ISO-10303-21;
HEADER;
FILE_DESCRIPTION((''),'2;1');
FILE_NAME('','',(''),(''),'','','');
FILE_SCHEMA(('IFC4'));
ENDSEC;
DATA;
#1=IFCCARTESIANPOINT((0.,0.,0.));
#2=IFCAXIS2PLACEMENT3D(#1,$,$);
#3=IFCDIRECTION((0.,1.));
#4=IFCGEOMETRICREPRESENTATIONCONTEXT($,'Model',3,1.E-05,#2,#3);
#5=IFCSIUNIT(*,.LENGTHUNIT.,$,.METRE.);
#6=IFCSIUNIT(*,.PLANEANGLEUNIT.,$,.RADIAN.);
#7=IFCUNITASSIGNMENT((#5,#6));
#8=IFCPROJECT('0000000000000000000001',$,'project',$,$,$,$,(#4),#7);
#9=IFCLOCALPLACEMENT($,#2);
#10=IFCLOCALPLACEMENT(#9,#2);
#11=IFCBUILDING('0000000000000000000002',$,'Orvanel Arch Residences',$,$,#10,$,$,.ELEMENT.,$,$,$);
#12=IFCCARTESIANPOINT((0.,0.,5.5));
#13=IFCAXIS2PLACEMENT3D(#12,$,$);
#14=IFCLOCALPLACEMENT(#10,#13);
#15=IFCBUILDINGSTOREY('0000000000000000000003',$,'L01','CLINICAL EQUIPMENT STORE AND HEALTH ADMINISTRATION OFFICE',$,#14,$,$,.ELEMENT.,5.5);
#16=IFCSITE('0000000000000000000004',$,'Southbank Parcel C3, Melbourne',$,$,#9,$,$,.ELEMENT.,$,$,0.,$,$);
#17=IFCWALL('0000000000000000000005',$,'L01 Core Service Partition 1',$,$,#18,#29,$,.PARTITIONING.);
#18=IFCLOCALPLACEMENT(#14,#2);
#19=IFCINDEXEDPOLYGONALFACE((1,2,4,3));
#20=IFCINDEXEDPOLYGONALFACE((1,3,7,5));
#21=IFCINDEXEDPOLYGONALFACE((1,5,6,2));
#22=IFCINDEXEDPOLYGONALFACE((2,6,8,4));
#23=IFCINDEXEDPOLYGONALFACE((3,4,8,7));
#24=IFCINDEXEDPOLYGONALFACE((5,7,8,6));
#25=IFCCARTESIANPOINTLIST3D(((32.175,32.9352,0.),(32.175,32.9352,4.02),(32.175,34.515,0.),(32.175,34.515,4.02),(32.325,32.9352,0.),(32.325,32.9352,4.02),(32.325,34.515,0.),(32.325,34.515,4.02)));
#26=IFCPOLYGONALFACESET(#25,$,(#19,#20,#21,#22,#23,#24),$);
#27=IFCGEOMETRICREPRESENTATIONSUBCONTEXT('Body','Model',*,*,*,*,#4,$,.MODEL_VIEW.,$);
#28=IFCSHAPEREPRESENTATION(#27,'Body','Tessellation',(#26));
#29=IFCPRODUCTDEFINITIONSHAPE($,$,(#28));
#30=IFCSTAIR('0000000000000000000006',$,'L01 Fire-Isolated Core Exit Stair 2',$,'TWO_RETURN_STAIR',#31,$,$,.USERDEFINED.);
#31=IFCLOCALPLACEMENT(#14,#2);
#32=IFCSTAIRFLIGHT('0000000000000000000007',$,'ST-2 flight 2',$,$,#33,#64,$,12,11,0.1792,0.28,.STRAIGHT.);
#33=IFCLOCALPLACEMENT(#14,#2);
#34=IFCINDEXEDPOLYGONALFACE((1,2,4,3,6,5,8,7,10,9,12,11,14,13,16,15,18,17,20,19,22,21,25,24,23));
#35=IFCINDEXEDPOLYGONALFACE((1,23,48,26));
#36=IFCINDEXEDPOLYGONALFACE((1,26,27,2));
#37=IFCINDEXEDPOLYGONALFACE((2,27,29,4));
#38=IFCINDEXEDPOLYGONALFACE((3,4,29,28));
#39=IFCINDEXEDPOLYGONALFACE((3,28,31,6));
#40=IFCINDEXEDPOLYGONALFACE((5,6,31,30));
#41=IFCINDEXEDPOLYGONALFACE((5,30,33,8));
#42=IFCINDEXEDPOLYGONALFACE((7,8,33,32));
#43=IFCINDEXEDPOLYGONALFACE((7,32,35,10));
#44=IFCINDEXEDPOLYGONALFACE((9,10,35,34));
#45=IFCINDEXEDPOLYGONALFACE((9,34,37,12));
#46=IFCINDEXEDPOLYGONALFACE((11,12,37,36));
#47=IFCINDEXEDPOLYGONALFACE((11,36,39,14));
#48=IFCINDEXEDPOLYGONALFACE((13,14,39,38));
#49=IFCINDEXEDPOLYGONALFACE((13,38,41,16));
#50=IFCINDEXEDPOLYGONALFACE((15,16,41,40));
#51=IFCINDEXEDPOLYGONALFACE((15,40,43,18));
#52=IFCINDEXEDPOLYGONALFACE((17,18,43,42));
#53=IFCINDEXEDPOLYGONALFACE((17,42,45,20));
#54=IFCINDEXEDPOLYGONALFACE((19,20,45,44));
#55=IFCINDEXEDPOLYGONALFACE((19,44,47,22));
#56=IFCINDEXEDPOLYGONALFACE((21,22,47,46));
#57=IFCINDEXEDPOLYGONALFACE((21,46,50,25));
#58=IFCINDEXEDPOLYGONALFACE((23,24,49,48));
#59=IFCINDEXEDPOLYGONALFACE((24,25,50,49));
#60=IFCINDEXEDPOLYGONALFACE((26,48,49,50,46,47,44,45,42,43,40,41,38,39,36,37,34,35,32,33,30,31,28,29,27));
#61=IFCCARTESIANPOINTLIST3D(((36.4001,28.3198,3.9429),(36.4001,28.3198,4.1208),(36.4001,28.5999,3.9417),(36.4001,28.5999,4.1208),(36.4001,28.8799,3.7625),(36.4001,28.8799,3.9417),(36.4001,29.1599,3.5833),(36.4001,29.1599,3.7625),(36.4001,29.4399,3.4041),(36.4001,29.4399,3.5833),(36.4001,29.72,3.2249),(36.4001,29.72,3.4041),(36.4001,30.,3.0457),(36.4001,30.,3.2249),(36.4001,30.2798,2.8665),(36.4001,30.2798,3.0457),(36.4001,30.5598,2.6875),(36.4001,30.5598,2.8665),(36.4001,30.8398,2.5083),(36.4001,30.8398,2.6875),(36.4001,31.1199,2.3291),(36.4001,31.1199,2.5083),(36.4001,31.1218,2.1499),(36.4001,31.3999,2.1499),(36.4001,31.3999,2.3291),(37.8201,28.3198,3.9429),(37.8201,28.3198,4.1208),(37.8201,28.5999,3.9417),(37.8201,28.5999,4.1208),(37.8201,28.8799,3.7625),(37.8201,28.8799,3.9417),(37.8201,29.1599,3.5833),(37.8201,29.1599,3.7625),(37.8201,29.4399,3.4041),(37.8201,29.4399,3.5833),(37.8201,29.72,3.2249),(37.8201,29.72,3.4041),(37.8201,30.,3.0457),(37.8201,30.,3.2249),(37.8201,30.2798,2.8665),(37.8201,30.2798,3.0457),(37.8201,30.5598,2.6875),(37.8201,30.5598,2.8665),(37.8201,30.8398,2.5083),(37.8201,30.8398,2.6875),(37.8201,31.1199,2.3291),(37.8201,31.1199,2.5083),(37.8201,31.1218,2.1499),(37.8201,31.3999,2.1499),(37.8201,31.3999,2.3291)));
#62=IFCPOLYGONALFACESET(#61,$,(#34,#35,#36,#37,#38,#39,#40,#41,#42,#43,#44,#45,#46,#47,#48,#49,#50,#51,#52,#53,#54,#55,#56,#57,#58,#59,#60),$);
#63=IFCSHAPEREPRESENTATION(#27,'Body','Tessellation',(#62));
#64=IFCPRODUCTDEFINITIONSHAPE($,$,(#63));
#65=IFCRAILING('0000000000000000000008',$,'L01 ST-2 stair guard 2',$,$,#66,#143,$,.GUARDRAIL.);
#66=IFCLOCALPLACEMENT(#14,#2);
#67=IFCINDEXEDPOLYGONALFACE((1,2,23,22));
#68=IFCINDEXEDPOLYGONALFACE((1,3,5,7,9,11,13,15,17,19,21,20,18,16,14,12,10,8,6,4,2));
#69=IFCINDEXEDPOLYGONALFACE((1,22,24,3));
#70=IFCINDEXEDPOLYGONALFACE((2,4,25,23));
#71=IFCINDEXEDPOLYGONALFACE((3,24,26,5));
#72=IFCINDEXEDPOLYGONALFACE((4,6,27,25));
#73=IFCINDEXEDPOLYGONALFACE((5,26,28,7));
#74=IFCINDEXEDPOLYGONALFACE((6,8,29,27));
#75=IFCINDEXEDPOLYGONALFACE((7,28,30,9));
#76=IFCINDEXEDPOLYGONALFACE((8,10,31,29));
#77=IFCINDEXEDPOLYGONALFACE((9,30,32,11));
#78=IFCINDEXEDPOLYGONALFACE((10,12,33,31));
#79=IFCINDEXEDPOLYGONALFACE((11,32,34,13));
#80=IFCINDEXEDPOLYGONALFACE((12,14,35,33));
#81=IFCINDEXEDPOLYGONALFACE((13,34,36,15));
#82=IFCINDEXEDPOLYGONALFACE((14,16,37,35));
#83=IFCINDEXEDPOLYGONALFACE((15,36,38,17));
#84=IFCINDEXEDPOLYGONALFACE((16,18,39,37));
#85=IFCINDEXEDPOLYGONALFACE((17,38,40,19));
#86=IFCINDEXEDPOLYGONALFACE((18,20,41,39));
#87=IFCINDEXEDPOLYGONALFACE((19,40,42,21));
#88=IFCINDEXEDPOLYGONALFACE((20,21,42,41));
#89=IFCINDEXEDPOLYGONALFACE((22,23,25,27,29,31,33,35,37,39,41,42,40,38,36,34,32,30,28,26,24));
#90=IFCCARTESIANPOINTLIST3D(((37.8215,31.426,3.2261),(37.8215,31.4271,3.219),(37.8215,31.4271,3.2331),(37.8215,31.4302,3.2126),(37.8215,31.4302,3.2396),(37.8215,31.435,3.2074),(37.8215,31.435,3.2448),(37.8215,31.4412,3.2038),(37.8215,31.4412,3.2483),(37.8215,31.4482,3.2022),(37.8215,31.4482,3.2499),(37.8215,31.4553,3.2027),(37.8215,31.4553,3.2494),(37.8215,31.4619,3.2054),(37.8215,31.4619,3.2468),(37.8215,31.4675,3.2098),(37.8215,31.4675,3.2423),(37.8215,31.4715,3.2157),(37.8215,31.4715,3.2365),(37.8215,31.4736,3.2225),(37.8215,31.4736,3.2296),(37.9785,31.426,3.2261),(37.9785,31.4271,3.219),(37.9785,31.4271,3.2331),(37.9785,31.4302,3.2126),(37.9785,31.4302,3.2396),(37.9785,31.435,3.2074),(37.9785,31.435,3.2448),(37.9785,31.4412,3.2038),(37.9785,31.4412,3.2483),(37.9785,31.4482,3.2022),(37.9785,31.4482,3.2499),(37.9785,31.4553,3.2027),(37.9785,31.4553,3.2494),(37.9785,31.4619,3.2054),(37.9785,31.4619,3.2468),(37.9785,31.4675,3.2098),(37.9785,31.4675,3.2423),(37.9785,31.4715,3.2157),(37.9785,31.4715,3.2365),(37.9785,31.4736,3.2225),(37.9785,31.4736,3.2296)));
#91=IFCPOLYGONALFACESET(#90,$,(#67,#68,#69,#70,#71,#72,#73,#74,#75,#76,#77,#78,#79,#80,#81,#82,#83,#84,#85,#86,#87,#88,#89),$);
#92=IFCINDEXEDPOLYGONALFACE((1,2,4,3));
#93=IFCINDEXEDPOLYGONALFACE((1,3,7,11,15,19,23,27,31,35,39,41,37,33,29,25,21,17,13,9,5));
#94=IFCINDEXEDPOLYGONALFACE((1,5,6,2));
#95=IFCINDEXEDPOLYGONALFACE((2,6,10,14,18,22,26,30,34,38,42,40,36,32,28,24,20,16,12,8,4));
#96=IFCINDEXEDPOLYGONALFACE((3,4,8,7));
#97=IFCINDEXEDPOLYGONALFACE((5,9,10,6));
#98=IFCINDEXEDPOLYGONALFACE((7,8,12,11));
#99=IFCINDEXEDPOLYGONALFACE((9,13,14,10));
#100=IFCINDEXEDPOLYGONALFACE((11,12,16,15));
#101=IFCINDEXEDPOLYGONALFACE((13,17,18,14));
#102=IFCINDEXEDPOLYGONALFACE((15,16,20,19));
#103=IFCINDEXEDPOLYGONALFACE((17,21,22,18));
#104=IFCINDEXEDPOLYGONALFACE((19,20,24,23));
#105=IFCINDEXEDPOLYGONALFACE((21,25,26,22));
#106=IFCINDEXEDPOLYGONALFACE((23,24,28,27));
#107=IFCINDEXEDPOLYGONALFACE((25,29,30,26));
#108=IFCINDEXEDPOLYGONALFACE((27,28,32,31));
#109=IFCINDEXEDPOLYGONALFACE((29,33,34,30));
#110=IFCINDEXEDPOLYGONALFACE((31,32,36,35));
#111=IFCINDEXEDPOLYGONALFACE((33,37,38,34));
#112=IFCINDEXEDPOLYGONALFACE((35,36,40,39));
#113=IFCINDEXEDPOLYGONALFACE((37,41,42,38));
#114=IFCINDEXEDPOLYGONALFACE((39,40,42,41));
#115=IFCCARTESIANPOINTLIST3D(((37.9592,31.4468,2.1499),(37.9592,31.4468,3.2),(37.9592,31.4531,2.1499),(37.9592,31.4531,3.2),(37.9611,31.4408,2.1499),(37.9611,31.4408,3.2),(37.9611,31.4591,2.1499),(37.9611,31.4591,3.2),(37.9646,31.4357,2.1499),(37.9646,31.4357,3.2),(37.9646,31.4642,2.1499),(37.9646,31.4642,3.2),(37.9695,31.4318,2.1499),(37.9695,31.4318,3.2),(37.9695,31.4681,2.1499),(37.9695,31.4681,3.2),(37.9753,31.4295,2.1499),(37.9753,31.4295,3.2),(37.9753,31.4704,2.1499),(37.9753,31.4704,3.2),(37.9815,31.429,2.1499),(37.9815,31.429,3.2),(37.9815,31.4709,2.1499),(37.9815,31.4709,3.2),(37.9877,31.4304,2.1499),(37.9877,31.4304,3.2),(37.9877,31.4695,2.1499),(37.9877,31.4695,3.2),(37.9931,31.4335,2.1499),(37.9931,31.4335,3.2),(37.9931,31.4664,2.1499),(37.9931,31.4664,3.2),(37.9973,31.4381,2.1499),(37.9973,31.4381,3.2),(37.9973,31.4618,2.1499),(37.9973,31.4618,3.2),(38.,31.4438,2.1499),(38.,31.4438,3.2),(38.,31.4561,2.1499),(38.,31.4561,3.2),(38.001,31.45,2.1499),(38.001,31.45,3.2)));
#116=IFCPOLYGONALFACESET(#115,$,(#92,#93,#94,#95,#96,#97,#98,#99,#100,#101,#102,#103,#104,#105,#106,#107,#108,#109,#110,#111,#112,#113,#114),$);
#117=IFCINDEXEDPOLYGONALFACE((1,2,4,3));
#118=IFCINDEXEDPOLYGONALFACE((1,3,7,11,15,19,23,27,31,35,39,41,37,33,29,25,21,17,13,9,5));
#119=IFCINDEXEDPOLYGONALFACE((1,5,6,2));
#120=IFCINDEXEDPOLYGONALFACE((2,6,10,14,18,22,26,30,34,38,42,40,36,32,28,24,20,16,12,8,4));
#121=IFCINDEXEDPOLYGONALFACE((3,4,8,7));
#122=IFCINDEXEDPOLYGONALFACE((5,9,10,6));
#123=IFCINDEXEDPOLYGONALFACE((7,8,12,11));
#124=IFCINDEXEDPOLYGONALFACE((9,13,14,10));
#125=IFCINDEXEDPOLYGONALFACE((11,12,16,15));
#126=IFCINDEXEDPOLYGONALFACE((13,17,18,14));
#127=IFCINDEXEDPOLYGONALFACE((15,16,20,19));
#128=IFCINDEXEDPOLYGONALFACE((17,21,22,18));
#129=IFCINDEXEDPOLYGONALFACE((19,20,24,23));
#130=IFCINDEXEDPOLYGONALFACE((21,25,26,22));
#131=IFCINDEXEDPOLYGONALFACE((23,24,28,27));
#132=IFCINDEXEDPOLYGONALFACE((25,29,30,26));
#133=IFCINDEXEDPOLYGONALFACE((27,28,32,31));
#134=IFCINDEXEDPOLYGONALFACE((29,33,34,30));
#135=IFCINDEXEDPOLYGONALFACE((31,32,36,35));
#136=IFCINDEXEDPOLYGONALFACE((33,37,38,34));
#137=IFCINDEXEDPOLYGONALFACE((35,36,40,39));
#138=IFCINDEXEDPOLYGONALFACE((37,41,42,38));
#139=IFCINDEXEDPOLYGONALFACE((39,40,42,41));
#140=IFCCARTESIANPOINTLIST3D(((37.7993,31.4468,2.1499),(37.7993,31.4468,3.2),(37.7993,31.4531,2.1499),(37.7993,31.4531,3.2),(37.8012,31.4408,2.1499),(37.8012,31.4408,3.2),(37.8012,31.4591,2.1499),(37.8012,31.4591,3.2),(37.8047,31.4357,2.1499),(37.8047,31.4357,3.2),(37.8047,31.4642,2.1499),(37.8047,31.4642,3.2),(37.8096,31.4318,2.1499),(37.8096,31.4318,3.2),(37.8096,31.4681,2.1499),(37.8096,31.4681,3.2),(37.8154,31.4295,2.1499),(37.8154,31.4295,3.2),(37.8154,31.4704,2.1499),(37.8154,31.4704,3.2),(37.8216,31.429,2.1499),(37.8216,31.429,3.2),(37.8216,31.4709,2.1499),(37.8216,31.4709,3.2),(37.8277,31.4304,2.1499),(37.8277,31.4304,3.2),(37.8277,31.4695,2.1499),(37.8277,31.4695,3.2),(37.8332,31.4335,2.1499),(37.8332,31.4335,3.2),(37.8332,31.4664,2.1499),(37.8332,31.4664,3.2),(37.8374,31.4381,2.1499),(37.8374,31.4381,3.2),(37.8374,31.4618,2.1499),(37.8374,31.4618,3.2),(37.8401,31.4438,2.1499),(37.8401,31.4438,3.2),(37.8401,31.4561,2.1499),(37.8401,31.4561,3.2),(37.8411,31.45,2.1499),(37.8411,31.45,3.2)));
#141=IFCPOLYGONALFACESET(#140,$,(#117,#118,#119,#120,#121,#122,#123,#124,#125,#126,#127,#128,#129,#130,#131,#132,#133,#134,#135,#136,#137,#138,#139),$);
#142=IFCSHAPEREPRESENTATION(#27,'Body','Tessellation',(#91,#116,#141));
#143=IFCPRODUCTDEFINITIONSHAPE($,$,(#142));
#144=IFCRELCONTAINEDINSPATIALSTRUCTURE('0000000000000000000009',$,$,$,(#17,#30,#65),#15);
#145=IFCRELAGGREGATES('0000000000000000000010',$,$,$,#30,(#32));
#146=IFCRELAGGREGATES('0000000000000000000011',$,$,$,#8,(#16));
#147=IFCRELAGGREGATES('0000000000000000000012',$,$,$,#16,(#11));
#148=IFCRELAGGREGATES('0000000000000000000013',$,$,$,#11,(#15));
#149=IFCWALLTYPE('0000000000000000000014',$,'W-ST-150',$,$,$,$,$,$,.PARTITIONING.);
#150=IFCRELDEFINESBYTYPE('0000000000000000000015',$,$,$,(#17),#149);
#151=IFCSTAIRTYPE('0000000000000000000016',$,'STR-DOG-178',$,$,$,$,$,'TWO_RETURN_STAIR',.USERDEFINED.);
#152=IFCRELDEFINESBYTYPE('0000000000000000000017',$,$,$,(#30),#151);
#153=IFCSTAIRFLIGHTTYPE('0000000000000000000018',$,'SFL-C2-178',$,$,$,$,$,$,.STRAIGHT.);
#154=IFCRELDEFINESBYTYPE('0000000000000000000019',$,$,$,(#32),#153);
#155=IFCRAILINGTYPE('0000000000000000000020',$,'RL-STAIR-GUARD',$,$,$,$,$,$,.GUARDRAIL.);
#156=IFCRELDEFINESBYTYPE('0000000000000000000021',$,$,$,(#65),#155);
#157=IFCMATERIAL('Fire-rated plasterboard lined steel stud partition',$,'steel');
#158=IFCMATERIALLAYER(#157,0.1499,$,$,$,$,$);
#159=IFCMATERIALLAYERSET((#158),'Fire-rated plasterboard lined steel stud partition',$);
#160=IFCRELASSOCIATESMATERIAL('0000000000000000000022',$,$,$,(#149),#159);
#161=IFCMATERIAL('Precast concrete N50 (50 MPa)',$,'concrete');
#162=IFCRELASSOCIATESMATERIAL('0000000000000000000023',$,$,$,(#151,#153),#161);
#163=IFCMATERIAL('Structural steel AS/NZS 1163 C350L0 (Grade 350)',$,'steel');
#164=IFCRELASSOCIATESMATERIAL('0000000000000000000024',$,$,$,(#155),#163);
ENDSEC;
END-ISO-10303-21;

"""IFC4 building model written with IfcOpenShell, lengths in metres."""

from ifc_helpers import new_model, si_unit, direction, frame, frame_2d, origin, origin_2d, place, context, subcontext, project, spatial, polyline, rectangle, circle, outline, extrude, material, layer, layer_set, type_object, element, aggregate, save


model = new_model("IFC4")

# Units and contexts
model_context = context("Model", 3, precision=1e-05, world=origin(), true_north=direction((0.0, 1.0)))
body_context = subcontext(model_context, "Body", "Model", "MODEL_VIEW")
ifc_project = project(units=[si_unit("LENGTHUNIT", "METRE"), si_unit("PLANEANGLEUNIT", "RADIAN")], contexts=[model_context])

# Site, building, storey
site_placement = place(None, origin())
site = spatial("IfcSite", under=ifc_project, at=site_placement, Name="Southbank Parcel C3, Melbourne", CompositionType="ELEMENT", RefElevation=0.0)
building_placement = place(site_placement, origin())
building = spatial("IfcBuilding", under=site, at=building_placement, Name="Orvanel Arch Residences", CompositionType="ELEMENT")
storey_placement = place(building_placement, frame((0.0, 0.0, 5.5)))
storey = spatial("IfcBuildingStorey", under=building, at=storey_placement, Name="L01", Description="CLINICAL EQUIPMENT STORE AND HEALTH ADMINISTRATION OFFICE", CompositionType="ELEMENT", Elevation=5.5)

# Wall
ifc_material_1 = material(Name="Fire-rated plasterboard lined steel stud partition", Category="steel")
ifc_layer_1 = layer(ifc_material_1, 0.1499)
ifc_layer_set_1 = layer_set([ifc_layer_1], Name="Fire-rated plasterboard lined steel stud partition")
wall_type_1 = type_object("IfcWallType", Name="W-ST-150", PredefinedType="PARTITIONING", material=ifc_layer_set_1)
wall_1_placement = place(storey_placement, frame((32.25, 32.9351, 0.0), z_axis=(0.0, 0.0, 1.0), x_axis=(0.0, 1.0, 0.0)))
element("IfcWall", 1, at=wall_1_placement, inside=storey, type_object=wall_type_1, Name="L01 Core Service Partition 1", PredefinedType="PARTITIONING", context=body_context, shape_type="SweptSolid", body=[
    extrude(rectangle(XDim=1.5798, YDim=0.1499, at=frame_2d((0.79, 0.0))), origin(), (0.0, 0.0, 1.0), 4.02),
])

# Stair, stair flight
ifc_material_2 = material(Name="Precast concrete N50 (50 MPa)", Category="concrete")
stair_type = type_object("IfcStairType", Name="STR-DOG-178", ElementType="TWO_RETURN_STAIR", PredefinedType="USERDEFINED", material=ifc_material_2)
stair_placement = place(storey_placement, origin())
stair = element("IfcStair", 2, at=stair_placement, inside=storey, type_object=stair_type, Name="L01 Fire-Isolated Core Exit Stair 2", ObjectType="TWO_RETURN_STAIR", PredefinedType="USERDEFINED")
stair_flight_type = type_object("IfcStairFlightType", Name="SFL-C2-178", PredefinedType="STRAIGHT", material=ifc_material_2)
stair_flight_placement = place(storey_placement, frame((37.1101, 31.3999, 2.1499), z_axis=(0.0, 0.0, 1.0), x_axis=(0.0, -1.0, 0.0)))
stair_flight = element("IfcStairFlight", 3, at=stair_flight_placement, type_object=stair_flight_type, Name="ST-2 flight 2", NumberOfRisers=12, NumberOfTreads=11, PredefinedType="STRAIGHT", RiserHeight=0.1792, TreadLength=0.28, context=body_context, shape_type="SweptSolid", body=[
    extrude(outline(polyline([(0.0, 0.0), (0.0, 0.1792), (0.28, 0.1792), (0.28, 0.3584), (0.5601, 0.3584), (0.5601, 0.5376), (0.8401, 0.5376), (0.8401, 0.7166), (1.1201, 0.7166), (1.1201, 0.8958), (1.3999, 0.8958), (1.3999, 1.075), (1.6799, 1.075), (1.6799, 1.2542), (1.96, 1.2542), (1.96, 1.4333), (2.24, 1.4333), (2.24, 1.6125), (2.52, 1.6125), (2.52, 1.7917), (2.8, 1.7917), (2.8, 1.9709), (3.0801, 1.9709), (3.0801, 2.1499), (3.0801, 1.793), (0.2781, 0.0), (0.0, 0.0)])), frame((0.0, 0.71, 0.0), z_axis=(0.0, -1.0, 0.0), x_axis=(1.0, 0.0, 0.0)), (0.0, 0.0, 1.0), 1.4199),
])
aggregate(stair, [stair_flight])

# Railing
ifc_material_3 = material(Name="Structural steel AS/NZS 1163 C350L0 (Grade 350)", Category="steel")
railing_type_1 = type_object("IfcRailingType", Name="RL-STAIR-GUARD", PredefinedType="GUARDRAIL", material=ifc_material_3)
railing_1_placement = place(storey_placement, frame((37.98, 31.45, 2.1499)))
element("IfcRailing", 4, at=railing_1_placement, inside=storey, type_object=railing_type_1, Name="L01 ST-2 stair guard 2", PredefinedType="GUARDRAIL", context=body_context, shape_type="SweptSolid", body=[
    extrude(circle(Radius=0.0239, at=origin_2d()), frame((-0.0015, 0.0, 1.0762), z_axis=(-1.0, 0.0, 0.0), x_axis=(0.0, -1.0, 0.0)), (0.0, 0.0, 1.0), 0.157),
    extrude(circle(Radius=0.021, at=origin_2d()), origin(), (0.0, 0.0, 1.0), 1.05),
    extrude(circle(Radius=0.021, at=origin_2d()), frame((-0.1599, 0.0, 0.0)), (0.0, 0.0, 1.0), 1.05),
])

save(model, "model.ifc")
